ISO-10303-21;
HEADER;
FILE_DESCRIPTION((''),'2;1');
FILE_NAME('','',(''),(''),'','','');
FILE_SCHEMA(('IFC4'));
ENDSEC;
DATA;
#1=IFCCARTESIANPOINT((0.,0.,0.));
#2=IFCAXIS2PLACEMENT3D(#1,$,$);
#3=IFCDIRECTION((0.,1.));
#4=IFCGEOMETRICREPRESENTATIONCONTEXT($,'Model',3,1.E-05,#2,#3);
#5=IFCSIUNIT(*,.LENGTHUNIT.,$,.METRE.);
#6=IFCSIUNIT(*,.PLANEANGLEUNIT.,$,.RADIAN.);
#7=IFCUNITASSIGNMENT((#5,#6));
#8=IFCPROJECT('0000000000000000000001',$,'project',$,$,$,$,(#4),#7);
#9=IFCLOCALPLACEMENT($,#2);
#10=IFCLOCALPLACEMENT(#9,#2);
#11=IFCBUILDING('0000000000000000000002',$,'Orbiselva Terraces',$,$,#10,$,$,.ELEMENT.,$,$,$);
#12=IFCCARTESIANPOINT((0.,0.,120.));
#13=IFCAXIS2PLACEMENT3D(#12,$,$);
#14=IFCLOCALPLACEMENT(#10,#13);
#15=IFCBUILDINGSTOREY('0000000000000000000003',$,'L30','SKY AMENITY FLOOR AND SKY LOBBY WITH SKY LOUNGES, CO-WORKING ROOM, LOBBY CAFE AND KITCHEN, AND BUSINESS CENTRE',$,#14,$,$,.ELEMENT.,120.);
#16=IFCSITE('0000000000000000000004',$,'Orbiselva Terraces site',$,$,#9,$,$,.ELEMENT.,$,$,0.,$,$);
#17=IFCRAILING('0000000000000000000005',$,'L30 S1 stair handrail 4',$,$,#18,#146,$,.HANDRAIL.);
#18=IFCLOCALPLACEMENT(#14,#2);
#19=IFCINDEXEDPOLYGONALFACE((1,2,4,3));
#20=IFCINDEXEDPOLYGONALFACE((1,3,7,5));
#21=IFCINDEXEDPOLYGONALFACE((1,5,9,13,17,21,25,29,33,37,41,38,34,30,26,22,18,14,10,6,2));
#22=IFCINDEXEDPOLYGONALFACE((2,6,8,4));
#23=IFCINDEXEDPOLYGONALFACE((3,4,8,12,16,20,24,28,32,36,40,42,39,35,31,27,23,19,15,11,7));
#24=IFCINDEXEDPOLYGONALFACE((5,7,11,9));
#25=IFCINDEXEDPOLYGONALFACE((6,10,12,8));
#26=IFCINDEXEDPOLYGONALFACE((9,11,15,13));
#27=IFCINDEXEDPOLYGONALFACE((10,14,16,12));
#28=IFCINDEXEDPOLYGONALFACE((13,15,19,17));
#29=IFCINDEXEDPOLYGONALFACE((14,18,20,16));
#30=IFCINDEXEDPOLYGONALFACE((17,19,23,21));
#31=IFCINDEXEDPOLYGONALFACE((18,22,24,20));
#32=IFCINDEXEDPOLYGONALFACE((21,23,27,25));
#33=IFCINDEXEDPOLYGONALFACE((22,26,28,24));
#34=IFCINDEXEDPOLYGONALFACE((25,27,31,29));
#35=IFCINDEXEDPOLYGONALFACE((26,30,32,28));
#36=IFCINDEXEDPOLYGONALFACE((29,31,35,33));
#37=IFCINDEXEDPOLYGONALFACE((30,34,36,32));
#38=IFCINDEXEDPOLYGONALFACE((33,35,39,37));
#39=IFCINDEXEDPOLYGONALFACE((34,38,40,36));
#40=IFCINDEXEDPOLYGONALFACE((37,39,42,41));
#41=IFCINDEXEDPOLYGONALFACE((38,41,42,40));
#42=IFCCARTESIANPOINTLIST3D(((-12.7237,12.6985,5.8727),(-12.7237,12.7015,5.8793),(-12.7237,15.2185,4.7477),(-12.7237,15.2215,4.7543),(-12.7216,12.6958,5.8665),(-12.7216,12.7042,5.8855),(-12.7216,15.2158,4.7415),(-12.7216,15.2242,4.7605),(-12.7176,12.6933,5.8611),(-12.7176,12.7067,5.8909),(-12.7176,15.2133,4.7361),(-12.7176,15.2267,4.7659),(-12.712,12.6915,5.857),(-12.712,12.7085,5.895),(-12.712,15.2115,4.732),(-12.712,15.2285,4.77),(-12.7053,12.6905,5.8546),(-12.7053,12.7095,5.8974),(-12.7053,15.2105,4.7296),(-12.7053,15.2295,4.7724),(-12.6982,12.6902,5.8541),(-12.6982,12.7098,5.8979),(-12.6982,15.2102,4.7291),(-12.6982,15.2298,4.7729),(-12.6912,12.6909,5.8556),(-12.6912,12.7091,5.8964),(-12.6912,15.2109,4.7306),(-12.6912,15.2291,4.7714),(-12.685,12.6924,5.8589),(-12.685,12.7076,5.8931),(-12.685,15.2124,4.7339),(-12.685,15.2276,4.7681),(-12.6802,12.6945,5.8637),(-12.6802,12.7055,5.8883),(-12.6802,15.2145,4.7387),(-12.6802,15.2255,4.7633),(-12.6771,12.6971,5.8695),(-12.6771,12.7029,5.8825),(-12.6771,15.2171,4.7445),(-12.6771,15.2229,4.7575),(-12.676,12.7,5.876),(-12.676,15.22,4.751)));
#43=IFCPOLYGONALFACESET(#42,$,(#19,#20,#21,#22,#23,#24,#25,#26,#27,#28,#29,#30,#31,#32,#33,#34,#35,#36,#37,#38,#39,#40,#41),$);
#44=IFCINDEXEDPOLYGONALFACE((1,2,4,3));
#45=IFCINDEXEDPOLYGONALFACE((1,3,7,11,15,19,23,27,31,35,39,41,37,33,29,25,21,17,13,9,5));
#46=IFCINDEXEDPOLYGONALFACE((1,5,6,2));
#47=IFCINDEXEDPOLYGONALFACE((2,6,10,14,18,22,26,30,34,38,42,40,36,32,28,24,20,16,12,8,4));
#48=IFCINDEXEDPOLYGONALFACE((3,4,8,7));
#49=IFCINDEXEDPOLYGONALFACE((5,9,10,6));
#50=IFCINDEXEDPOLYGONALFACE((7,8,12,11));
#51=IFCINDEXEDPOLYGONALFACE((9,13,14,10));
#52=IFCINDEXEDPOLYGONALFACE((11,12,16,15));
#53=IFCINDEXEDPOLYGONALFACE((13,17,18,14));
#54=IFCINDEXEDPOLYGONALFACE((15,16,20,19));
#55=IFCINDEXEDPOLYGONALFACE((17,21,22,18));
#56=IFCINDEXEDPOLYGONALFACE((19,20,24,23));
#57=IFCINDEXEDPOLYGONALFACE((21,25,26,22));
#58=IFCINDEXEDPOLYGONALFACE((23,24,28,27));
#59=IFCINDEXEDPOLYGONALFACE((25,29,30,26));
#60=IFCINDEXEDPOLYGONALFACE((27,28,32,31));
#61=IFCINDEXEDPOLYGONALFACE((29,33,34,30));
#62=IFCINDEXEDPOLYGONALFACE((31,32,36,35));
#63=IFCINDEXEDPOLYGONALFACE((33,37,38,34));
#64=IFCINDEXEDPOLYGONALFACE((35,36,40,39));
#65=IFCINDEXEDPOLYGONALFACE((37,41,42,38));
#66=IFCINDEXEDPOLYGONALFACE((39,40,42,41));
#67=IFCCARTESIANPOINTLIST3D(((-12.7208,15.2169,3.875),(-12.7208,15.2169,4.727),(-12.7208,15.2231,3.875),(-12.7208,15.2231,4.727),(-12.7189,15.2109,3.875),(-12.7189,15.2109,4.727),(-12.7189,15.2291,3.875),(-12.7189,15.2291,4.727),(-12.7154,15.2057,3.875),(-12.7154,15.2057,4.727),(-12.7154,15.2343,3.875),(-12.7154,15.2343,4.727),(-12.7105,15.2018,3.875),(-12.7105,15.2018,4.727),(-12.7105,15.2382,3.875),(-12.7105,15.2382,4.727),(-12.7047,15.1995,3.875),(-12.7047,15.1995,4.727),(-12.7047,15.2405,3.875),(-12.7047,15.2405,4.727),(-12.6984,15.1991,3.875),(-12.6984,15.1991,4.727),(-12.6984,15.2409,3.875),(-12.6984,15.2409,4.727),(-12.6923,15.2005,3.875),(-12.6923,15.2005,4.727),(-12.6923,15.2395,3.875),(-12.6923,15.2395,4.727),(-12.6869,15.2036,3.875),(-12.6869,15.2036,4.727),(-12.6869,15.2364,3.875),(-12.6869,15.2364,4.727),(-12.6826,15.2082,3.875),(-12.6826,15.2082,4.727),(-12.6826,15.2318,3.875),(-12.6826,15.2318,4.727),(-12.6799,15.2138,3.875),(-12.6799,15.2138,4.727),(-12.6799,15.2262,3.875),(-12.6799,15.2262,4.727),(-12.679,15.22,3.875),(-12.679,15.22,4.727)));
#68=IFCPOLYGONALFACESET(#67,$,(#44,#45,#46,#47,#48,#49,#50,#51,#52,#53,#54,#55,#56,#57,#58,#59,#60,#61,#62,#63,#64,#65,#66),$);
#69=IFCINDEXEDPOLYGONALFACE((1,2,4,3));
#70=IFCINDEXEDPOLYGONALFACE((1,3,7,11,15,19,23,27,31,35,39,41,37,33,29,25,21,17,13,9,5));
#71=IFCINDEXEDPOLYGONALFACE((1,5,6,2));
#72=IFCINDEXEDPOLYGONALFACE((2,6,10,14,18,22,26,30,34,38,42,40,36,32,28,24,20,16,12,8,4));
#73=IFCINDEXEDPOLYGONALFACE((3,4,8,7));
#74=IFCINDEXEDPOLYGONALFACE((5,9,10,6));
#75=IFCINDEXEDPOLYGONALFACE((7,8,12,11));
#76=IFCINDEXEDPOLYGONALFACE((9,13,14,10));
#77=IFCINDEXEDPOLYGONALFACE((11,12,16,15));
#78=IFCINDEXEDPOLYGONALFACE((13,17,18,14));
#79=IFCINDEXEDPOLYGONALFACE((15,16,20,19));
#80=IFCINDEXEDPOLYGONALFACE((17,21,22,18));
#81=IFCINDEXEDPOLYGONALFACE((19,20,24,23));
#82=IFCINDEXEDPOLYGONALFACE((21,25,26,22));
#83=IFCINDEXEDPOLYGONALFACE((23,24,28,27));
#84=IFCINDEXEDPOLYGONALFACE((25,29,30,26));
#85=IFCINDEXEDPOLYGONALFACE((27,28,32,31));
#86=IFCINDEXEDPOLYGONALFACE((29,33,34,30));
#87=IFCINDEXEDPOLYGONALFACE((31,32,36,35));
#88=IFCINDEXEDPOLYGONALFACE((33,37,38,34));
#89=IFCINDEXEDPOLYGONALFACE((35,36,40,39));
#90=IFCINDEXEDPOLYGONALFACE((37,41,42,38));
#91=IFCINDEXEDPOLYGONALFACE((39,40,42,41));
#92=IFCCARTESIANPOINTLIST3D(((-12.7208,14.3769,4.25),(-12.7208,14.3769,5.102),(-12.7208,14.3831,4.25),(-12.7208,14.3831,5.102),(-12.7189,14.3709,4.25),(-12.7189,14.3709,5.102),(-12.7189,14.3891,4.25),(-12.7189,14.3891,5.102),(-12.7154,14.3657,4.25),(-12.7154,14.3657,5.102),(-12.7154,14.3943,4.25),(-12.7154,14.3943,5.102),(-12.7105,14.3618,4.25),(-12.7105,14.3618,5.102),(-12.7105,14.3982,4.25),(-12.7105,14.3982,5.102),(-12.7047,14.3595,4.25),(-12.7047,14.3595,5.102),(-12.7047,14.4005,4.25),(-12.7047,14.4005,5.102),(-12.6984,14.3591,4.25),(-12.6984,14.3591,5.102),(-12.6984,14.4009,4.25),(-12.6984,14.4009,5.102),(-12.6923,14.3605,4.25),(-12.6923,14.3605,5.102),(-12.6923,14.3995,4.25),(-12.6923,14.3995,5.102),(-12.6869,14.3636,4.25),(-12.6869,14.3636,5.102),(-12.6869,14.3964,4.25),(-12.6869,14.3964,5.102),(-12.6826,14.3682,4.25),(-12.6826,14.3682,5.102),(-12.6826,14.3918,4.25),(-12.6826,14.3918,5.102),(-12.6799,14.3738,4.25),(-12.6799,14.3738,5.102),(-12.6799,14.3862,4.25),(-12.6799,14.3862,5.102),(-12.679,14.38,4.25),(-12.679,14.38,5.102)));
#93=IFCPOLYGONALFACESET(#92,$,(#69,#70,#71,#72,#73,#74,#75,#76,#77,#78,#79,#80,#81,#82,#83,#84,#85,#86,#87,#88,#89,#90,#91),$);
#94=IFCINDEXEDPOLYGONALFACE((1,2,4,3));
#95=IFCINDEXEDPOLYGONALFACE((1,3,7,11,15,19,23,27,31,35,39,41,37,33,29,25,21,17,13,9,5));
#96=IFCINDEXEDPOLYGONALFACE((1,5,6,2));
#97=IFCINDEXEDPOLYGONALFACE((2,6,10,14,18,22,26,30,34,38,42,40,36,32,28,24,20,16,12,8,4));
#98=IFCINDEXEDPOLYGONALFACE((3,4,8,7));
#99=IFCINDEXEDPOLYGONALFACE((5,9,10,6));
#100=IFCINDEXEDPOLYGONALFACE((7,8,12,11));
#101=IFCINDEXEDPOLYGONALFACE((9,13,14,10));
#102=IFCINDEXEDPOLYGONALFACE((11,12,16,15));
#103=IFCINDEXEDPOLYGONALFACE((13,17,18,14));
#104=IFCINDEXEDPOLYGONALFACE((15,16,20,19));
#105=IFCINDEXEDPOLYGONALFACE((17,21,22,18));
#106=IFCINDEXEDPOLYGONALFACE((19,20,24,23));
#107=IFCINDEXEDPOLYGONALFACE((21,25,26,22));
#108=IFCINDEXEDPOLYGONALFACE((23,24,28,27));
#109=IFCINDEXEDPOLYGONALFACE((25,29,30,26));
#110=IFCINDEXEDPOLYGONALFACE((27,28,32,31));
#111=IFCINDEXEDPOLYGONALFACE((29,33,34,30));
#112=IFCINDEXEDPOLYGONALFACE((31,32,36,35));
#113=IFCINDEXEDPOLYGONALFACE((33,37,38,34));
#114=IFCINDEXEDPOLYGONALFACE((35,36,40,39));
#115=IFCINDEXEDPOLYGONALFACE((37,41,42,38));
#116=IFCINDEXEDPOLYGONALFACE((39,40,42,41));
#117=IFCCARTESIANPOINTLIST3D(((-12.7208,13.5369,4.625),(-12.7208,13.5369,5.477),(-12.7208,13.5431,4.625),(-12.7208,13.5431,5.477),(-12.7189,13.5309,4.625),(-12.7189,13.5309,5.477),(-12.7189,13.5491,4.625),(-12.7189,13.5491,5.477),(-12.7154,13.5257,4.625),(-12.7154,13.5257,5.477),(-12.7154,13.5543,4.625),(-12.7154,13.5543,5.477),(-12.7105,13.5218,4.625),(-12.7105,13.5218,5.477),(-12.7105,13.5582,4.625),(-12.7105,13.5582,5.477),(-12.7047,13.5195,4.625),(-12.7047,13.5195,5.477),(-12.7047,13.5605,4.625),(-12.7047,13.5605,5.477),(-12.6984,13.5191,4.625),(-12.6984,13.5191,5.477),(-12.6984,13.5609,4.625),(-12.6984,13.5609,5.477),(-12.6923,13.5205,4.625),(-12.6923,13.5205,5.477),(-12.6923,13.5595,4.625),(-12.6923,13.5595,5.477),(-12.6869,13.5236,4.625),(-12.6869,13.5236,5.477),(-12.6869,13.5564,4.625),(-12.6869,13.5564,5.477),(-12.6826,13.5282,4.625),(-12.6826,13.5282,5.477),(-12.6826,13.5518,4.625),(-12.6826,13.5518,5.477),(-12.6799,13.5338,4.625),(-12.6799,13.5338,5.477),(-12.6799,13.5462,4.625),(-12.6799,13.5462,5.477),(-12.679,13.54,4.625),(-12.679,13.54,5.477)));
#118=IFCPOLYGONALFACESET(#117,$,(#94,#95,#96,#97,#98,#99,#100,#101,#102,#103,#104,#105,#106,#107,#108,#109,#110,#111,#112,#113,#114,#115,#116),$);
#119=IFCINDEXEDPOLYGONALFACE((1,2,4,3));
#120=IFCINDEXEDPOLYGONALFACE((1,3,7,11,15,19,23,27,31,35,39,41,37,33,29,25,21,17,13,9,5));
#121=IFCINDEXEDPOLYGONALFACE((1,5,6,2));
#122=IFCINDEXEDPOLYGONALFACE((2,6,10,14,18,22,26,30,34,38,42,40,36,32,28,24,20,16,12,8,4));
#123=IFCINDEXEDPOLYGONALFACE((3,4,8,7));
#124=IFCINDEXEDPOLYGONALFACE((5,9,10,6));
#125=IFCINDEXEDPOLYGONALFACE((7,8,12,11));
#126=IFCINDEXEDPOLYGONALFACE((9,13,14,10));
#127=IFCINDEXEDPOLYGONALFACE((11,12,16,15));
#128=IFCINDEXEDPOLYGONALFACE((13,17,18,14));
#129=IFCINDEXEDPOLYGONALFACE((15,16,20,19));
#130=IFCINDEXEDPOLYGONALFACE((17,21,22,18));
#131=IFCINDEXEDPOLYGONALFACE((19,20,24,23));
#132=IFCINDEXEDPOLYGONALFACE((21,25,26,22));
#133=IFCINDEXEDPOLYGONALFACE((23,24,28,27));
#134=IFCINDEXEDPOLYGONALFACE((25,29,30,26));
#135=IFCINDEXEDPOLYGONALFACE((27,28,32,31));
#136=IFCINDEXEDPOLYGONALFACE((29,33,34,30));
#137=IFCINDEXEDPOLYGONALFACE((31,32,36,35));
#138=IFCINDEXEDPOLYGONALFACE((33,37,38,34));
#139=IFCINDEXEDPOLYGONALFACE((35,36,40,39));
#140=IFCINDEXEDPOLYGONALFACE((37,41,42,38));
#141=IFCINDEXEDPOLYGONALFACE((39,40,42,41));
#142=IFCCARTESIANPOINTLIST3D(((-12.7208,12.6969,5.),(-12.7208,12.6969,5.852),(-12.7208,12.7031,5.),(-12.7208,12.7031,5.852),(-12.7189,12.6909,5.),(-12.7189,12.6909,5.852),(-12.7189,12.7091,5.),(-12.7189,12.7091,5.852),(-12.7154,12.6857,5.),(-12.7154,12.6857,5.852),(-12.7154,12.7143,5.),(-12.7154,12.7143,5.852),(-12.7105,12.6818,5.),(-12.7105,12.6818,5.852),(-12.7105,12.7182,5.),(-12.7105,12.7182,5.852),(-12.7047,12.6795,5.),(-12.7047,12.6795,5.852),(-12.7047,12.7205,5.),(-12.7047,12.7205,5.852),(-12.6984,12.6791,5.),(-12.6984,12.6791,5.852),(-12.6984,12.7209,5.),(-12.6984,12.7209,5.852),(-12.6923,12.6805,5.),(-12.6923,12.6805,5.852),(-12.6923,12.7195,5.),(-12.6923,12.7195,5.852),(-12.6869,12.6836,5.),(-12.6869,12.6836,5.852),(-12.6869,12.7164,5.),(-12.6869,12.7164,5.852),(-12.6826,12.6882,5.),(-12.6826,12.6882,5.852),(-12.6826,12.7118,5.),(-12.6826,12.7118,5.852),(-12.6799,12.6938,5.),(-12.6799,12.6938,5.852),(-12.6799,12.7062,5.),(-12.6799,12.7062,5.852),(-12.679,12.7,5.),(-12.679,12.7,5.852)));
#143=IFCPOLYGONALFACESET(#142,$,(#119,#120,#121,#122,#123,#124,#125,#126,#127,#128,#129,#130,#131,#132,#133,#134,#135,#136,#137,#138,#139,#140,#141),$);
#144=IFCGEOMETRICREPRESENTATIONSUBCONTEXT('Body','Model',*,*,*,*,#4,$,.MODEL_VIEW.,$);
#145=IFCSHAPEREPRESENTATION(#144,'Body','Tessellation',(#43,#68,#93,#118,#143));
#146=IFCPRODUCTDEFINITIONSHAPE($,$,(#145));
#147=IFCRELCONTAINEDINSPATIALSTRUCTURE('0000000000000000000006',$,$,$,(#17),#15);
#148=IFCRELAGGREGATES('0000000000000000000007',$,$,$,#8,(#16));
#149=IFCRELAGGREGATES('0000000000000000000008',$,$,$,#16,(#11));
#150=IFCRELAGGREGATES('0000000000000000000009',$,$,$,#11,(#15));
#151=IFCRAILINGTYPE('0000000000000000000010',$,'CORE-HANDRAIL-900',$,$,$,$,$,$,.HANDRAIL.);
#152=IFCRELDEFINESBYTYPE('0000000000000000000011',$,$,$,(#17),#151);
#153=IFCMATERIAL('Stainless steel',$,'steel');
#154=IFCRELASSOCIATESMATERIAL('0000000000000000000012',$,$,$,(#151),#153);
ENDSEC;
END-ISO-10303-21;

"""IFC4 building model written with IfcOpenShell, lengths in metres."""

from ifc_helpers import new_model, si_unit, direction, frame, origin, origin_2d, place, context, subcontext, project, spatial, circle, extrude, material, type_object, element, save


model = new_model("IFC4")

# Units and contexts
model_context = context("Model", 3, precision=1e-05, world=origin(), true_north=direction((0.0, 1.0)))
body_context = subcontext(model_context, "Body", "Model", "MODEL_VIEW")
ifc_project = project(units=[si_unit("LENGTHUNIT", "METRE"), si_unit("PLANEANGLEUNIT", "RADIAN")], contexts=[model_context])

# Site, building, storey
site_placement = place(None, origin())
site = spatial("IfcSite", under=ifc_project, at=site_placement, Name="Orbiselva Terraces site", CompositionType="ELEMENT", RefElevation=0.0)
building_placement = place(site_placement, origin())
building = spatial("IfcBuilding", under=site, at=building_placement, Name="Orbiselva Terraces", CompositionType="ELEMENT")
storey_placement = place(building_placement, frame((0.0, 0.0, 120.0)))
storey = spatial("IfcBuildingStorey", under=building, at=storey_placement, Name="L30", Description="SKY AMENITY FLOOR AND SKY LOBBY WITH SKY LOUNGES, CO-WORKING ROOM, LOBBY CAFE AND KITCHEN, AND BUSINESS CENTRE", CompositionType="ELEMENT", Elevation=120.0)

# Railing
ifc_material_1 = material(Name="Stainless steel", Category="steel")
railing_type = type_object("IfcRailingType", Name="CORE-HANDRAIL-900", PredefinedType="HANDRAIL", material=ifc_material_1)
railing_1_placement = place(storey_placement, frame((-12.7, 15.22, 3.875)))
element("IfcRailing", 1, at=railing_1_placement, inside=storey, type_object=railing_type, Name="L30 S1 stair handrail 4", PredefinedType="HANDRAIL", context=body_context, shape_type="SweptSolid", body=[
    extrude(circle(Radius=0.024, at=origin_2d()), frame((0.0, 0.0, 0.876), z_axis=(0.0, -0.913138, 0.407651), x_axis=(1.0, 0.0, 0.0)), (0.0, 0.0, 1.0), 2.7597),
    extrude(circle(Radius=0.021, at=origin_2d()), origin(), (0.0, 0.0, 1.0), 0.852),
    extrude(circle(Radius=0.021, at=origin_2d()), frame((0.0, -0.84, 0.375)), (0.0, 0.0, 1.0), 0.852),
    extrude(circle(Radius=0.021, at=origin_2d()), frame((0.0, -1.68, 0.75)), (0.0, 0.0, 1.0), 0.852),
    extrude(circle(Radius=0.021, at=origin_2d()), frame((0.0, -2.52, 1.125)), (0.0, 0.0, 1.0), 0.852),
])

save(model, "model.ifc")
